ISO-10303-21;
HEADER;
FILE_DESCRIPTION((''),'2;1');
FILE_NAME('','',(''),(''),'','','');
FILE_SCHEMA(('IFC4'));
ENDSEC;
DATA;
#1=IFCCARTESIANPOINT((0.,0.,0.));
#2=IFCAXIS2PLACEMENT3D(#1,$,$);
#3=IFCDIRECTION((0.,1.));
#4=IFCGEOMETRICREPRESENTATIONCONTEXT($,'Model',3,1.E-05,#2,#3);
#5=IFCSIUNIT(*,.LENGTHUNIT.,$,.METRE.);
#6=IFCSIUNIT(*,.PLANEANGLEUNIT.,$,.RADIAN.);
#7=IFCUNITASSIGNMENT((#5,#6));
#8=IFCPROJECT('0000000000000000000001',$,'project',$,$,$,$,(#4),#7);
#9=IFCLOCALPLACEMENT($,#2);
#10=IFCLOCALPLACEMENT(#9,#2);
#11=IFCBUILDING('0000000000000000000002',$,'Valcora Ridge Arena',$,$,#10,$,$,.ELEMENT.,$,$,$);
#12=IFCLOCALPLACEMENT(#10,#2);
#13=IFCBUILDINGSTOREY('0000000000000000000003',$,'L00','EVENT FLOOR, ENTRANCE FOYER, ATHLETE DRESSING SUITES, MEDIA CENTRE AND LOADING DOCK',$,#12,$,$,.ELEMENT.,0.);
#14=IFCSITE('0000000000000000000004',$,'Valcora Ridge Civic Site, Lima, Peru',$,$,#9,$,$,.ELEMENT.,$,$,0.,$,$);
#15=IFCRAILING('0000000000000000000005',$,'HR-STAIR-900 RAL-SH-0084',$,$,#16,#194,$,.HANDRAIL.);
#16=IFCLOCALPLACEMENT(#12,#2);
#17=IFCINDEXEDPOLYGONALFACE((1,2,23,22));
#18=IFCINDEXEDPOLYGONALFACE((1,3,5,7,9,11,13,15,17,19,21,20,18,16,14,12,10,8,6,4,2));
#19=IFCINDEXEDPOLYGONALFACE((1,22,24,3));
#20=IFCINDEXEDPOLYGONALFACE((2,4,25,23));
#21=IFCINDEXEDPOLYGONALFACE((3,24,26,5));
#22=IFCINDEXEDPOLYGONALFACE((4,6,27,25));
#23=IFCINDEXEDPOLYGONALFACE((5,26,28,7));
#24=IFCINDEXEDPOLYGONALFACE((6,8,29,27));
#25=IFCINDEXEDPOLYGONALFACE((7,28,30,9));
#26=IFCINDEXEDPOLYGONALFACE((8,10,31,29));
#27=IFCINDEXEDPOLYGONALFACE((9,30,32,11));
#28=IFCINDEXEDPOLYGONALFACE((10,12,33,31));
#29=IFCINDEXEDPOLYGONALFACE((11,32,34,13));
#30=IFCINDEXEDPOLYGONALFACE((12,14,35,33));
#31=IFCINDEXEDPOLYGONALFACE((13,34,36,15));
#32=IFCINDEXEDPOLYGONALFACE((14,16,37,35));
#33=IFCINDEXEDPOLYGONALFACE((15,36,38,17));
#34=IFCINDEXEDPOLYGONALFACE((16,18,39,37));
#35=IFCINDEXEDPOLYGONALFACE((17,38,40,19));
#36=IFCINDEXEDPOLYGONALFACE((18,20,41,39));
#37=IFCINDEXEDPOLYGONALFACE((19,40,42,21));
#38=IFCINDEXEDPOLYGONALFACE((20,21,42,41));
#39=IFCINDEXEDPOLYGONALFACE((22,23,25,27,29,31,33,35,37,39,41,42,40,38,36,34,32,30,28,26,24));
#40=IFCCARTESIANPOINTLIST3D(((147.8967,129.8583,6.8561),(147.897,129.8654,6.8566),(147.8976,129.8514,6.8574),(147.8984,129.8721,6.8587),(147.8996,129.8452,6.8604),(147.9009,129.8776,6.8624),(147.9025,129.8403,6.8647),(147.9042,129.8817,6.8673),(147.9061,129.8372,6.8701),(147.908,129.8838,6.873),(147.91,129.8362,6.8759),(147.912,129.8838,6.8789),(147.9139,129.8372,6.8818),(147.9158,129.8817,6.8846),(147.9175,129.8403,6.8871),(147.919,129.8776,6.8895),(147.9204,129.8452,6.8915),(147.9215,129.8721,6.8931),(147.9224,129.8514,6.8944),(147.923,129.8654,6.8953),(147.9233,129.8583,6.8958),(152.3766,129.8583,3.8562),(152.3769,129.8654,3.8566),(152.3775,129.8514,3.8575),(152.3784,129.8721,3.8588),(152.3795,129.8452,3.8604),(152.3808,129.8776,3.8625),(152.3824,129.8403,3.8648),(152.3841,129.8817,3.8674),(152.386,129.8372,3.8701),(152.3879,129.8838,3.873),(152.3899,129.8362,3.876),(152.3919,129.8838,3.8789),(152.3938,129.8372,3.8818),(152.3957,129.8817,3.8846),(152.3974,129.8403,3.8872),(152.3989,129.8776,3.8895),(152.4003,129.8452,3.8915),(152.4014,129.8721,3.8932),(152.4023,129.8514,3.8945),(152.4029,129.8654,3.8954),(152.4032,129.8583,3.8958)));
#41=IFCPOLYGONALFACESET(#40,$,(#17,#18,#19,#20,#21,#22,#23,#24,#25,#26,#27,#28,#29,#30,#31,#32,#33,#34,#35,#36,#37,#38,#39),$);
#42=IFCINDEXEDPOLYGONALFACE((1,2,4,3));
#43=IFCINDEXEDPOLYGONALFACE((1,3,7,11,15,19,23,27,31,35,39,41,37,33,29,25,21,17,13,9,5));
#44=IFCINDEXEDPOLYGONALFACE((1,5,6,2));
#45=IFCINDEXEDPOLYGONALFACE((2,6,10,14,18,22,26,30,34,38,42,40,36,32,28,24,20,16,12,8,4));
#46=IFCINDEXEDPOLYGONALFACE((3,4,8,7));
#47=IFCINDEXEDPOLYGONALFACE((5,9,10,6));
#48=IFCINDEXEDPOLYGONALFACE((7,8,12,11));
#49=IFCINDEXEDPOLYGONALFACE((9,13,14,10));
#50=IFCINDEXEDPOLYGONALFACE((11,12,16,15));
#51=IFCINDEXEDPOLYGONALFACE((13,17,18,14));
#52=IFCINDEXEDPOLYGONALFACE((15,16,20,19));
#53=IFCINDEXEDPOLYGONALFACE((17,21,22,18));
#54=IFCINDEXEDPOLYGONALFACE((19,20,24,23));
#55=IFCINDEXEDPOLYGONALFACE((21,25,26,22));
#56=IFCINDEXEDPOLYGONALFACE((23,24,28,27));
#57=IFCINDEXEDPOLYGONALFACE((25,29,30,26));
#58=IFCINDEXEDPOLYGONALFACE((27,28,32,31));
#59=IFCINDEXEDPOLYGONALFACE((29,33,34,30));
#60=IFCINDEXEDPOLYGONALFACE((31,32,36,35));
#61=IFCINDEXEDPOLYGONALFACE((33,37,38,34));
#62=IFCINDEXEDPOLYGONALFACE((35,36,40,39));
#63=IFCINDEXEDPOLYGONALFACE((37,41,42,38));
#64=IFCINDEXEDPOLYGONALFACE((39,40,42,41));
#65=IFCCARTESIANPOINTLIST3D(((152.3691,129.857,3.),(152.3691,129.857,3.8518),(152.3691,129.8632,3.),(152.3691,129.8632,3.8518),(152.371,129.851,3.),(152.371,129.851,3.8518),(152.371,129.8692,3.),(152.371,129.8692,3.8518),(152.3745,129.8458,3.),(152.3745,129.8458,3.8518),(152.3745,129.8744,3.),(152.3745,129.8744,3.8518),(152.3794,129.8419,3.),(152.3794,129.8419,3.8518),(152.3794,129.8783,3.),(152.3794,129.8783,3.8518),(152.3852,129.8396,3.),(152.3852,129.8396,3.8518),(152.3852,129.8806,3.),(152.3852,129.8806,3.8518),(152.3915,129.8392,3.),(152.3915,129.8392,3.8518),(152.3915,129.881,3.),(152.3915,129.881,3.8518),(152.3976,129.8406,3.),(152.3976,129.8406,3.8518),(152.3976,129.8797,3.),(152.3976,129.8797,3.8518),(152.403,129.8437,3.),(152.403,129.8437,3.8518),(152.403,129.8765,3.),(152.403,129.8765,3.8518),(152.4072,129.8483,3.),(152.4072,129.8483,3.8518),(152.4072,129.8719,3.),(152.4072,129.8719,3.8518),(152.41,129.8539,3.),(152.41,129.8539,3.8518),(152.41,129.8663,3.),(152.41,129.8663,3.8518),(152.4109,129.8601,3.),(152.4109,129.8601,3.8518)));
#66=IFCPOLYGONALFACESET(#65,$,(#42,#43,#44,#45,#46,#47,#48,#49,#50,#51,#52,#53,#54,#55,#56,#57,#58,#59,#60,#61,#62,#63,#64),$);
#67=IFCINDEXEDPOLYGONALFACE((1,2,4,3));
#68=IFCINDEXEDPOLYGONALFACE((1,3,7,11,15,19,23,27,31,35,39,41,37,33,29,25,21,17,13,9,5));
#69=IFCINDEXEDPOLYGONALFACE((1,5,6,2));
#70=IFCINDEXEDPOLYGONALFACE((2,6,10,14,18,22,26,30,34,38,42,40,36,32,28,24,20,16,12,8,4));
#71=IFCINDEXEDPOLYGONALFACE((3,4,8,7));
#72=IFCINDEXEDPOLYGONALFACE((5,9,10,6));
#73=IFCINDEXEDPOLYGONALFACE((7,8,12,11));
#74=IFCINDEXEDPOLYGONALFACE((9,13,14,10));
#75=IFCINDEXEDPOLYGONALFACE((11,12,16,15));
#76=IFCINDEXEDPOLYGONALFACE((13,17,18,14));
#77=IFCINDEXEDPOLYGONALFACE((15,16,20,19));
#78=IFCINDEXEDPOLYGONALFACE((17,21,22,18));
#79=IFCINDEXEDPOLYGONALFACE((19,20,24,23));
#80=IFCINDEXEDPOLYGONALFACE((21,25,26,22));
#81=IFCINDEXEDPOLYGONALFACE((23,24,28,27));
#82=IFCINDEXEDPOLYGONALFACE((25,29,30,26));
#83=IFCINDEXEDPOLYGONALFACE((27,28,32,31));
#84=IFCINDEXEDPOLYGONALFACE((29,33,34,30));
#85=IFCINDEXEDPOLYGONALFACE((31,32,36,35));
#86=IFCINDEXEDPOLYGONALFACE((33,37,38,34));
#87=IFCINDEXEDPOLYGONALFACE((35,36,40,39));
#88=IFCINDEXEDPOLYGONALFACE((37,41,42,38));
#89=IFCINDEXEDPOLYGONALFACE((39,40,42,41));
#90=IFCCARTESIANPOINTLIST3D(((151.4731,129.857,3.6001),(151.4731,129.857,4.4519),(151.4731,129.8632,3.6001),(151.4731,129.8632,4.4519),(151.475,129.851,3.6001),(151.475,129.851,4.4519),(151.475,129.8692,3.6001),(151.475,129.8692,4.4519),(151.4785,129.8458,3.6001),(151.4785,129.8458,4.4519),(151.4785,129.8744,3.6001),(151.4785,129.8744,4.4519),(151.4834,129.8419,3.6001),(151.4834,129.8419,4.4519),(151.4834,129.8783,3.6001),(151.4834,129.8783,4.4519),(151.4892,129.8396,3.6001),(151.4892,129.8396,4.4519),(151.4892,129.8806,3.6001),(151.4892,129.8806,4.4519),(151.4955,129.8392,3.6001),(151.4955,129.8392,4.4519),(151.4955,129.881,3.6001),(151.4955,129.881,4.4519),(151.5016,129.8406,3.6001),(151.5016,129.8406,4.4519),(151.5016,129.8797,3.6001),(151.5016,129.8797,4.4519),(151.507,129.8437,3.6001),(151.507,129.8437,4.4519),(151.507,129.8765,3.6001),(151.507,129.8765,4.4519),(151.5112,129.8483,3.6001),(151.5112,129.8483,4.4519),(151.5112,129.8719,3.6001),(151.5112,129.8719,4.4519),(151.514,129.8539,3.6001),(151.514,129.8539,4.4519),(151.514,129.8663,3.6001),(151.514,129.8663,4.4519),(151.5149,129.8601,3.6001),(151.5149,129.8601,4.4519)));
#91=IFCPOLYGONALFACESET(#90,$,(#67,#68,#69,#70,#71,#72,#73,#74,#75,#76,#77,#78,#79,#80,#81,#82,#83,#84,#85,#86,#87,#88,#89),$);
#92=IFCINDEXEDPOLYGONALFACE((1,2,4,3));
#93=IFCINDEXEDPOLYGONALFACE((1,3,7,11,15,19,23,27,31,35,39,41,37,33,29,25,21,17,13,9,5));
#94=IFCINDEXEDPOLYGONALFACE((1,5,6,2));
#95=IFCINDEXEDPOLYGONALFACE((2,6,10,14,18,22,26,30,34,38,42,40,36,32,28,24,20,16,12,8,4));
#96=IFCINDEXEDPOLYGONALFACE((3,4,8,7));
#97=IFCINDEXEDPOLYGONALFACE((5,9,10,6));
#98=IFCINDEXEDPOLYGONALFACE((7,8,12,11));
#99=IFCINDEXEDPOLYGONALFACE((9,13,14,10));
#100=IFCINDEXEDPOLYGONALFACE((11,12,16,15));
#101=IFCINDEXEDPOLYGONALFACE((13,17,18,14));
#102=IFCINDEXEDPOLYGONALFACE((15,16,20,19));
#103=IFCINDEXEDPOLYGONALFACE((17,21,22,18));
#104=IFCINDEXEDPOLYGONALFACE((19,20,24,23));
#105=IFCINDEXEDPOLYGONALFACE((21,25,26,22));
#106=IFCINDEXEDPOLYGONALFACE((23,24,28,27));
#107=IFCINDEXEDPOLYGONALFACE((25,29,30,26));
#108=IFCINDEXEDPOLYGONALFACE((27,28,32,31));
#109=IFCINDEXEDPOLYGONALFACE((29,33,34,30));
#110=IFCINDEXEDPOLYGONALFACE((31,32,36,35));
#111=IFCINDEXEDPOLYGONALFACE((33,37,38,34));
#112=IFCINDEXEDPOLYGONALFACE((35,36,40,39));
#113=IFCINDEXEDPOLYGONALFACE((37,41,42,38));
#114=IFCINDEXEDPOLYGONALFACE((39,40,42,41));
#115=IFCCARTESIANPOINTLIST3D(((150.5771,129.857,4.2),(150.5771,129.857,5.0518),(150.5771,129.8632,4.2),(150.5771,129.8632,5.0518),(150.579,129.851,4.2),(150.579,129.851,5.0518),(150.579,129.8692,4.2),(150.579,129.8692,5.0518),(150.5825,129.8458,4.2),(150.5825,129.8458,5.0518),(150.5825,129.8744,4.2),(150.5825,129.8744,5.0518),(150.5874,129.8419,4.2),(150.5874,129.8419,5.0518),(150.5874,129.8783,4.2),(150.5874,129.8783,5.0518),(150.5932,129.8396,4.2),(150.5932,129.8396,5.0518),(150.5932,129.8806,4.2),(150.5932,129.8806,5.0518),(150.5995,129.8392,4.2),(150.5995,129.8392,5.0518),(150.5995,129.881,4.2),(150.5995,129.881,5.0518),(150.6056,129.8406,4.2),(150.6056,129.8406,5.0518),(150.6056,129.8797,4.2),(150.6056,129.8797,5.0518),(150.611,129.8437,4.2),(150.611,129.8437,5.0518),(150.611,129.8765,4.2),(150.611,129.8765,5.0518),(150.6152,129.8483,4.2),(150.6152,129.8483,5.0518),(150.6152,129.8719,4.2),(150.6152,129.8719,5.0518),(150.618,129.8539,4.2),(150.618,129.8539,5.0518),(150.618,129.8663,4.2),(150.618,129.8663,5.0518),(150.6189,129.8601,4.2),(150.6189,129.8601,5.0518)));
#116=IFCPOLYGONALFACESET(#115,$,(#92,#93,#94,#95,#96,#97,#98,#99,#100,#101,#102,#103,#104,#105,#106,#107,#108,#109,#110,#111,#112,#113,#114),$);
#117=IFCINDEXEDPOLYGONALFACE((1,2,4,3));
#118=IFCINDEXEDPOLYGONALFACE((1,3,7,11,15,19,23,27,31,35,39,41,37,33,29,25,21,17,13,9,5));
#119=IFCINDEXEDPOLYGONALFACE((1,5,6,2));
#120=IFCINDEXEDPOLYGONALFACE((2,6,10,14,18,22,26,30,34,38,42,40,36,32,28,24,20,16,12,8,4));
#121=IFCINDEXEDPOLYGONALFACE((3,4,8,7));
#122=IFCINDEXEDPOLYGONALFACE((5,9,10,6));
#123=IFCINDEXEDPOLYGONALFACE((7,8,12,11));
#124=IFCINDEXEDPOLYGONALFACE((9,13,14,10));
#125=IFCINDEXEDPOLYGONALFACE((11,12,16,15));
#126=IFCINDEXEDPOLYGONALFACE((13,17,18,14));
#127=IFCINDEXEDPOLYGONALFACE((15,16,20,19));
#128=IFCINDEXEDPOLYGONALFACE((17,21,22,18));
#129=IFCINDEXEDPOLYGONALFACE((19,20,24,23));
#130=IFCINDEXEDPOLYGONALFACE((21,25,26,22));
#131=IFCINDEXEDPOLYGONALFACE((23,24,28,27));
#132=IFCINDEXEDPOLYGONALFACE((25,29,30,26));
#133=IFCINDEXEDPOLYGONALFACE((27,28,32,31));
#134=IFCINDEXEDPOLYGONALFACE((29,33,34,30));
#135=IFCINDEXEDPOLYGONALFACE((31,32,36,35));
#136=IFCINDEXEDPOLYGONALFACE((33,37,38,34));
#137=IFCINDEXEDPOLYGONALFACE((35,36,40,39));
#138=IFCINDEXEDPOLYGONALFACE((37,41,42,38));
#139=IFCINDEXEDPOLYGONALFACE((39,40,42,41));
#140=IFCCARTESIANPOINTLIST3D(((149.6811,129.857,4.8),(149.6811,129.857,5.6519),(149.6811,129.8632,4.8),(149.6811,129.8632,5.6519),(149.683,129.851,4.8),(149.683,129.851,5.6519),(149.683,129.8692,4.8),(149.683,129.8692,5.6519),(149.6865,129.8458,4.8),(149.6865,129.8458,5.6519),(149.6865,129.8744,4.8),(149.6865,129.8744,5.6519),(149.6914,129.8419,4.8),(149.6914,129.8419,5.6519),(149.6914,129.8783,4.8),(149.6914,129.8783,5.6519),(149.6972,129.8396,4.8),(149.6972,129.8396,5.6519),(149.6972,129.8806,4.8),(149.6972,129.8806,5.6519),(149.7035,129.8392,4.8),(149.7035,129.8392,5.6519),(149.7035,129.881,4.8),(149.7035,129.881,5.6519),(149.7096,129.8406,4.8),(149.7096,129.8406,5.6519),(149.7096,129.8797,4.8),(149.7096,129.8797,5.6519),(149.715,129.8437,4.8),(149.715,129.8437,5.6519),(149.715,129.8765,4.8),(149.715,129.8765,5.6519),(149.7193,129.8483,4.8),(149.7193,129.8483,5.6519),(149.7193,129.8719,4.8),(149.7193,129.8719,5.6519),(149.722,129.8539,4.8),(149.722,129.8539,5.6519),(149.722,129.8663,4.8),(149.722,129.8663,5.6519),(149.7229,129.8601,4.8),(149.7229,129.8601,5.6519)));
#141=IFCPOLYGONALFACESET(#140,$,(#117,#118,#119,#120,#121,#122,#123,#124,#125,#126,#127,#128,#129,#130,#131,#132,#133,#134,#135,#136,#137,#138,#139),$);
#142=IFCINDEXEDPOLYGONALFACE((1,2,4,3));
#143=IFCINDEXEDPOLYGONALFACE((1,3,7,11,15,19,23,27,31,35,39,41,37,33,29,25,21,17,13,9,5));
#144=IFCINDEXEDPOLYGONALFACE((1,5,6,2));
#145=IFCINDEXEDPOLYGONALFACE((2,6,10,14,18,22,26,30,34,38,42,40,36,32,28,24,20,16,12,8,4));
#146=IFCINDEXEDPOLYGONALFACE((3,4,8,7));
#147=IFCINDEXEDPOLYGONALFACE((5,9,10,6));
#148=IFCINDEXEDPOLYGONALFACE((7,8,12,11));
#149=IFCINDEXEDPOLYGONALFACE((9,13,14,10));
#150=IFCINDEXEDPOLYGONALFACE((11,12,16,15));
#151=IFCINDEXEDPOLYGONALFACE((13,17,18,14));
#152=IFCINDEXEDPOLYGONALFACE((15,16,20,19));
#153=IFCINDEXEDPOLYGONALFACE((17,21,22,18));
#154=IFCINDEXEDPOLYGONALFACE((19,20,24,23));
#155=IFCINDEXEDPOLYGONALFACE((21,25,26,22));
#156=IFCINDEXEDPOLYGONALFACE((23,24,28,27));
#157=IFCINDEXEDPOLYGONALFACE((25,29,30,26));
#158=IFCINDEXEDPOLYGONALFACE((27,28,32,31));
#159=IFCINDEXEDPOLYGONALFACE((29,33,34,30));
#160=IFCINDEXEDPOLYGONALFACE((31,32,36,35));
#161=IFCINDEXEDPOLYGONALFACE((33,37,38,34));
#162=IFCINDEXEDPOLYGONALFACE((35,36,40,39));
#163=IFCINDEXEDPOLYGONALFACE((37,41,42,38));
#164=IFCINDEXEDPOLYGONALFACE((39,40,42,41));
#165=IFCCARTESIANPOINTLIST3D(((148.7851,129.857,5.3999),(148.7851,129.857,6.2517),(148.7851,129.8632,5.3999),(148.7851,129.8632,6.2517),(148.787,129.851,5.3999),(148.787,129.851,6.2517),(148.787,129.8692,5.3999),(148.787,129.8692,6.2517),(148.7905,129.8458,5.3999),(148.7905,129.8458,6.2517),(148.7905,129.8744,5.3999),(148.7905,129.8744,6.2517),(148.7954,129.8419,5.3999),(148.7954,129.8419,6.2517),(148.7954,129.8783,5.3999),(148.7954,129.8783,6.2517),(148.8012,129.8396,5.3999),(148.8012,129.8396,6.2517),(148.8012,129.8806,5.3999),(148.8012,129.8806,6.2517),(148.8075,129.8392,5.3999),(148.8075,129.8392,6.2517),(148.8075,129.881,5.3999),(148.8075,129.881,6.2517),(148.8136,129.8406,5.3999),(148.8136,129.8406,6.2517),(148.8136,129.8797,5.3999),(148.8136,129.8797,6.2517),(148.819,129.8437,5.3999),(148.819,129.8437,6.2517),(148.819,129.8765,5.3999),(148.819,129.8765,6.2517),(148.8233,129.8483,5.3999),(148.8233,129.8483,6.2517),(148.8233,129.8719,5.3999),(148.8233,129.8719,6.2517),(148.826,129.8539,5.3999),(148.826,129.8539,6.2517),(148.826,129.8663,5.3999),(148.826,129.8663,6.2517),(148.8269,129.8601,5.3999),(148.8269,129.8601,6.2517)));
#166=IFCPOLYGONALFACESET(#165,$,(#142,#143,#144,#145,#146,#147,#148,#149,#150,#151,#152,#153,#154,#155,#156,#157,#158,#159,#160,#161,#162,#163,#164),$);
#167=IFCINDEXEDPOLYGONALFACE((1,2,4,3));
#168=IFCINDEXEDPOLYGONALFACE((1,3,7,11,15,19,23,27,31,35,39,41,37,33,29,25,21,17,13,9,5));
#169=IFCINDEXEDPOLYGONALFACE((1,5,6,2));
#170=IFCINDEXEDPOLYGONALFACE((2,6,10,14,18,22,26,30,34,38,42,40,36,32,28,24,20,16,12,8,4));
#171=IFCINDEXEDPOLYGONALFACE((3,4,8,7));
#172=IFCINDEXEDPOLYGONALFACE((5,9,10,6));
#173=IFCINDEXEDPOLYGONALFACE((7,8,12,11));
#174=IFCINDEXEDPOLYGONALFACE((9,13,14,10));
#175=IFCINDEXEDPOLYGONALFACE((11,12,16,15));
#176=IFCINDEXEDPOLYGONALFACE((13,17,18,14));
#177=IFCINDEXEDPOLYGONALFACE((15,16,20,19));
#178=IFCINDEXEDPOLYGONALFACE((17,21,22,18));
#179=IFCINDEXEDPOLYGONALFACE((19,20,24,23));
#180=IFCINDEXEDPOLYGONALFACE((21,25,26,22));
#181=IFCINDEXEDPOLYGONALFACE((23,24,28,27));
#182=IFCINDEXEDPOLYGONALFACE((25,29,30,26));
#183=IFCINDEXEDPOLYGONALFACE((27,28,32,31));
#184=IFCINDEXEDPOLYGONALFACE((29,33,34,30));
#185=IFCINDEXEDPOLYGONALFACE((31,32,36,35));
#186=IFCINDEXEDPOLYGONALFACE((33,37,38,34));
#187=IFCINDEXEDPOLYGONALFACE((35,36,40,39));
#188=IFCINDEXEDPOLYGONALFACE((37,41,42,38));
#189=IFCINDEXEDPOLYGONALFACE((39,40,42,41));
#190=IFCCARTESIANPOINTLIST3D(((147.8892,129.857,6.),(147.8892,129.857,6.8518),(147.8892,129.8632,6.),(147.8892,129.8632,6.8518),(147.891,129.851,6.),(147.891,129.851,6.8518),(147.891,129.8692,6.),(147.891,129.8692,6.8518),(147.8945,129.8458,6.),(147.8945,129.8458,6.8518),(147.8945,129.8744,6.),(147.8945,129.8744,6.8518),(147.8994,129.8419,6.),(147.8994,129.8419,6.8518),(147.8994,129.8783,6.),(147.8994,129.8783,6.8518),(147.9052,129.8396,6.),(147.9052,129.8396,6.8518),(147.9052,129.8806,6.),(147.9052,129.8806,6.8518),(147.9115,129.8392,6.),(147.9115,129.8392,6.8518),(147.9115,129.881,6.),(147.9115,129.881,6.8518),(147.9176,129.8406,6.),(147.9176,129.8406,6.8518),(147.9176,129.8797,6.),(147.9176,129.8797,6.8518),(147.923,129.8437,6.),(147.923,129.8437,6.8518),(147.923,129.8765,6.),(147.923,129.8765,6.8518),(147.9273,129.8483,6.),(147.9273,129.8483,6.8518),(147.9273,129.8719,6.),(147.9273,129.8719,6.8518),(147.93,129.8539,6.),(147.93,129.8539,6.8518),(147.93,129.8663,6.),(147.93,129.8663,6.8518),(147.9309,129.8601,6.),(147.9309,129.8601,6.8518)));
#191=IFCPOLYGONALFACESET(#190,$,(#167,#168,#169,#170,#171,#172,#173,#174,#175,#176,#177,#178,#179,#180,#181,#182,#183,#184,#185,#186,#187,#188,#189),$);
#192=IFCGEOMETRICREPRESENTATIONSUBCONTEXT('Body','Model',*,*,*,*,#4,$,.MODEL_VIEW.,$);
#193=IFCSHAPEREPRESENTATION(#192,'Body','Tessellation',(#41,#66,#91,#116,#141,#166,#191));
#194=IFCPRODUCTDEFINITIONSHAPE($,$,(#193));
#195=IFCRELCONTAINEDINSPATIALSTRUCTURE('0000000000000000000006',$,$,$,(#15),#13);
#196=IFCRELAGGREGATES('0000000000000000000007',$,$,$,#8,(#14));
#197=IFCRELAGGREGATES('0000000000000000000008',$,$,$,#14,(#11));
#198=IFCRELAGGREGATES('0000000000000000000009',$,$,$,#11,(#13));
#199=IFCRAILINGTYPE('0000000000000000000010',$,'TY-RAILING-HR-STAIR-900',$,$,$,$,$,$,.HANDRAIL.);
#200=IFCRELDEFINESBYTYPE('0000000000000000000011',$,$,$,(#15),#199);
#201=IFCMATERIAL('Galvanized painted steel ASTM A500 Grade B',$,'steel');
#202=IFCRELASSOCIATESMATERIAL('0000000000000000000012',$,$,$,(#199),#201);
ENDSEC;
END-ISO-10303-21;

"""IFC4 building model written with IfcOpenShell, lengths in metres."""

from ifc_helpers import new_model, si_unit, direction, frame, origin, origin_2d, place, context, subcontext, project, spatial, circle, extrude, material, type_object, element, save


model = new_model("IFC4")

# Units and contexts
model_context = context("Model", 3, precision=1e-05, world=origin(), true_north=direction((0.0, 1.0)))
body_context = subcontext(model_context, "Body", "Model", "MODEL_VIEW")
ifc_project = project(units=[si_unit("LENGTHUNIT", "METRE"), si_unit("PLANEANGLEUNIT", "RADIAN")], contexts=[model_context])

# Site, building, storey
site_placement = place(None, origin())
site = spatial("IfcSite", under=ifc_project, at=site_placement, Name="Valcora Ridge Civic Site, Lima, Peru", CompositionType="ELEMENT", RefElevation=0.0)
building_placement = place(site_placement, origin())
building = spatial("IfcBuilding", under=site, at=building_placement, Name="Valcora Ridge Arena", CompositionType="ELEMENT")
storey_placement = place(building_placement, origin())
storey = spatial("IfcBuildingStorey", under=building, at=storey_placement, Name="L00", Description="EVENT FLOOR, ENTRANCE FOYER, ATHLETE DRESSING SUITES, MEDIA CENTRE AND LOADING DOCK", CompositionType="ELEMENT", Elevation=0.0)

# Railing
ifc_material_1 = material(Name="Galvanized painted steel ASTM A500 Grade B", Category="steel")
railing_type = type_object("IfcRailingType", Name="TY-RAILING-HR-STAIR-900", PredefinedType="HANDRAIL", material=ifc_material_1)
railing_placement = place(storey_placement, frame((152.3899, 129.8601, 3.0)))
element("IfcRailing", 1, at=railing_placement, inside=storey, type_object=railing_type, Name="HR-STAIR-900 RAL-SH-0084", PredefinedType="HANDRAIL", context=body_context, shape_type="SweptSolid", body=[
    extrude(circle(Radius=0.0239, at=origin_2d()), frame((0.0, 0.0, 0.876), z_axis=(-0.830906, 0.0, 0.556413), x_axis=(0.0, -1.0, 0.0)), (0.0, 0.0, 1.0), 5.3916),
    extrude(circle(Radius=0.021, at=origin_2d()), origin(), (0.0, 0.0, 1.0), 0.8518),
    extrude(circle(Radius=0.021, at=origin_2d()), frame((-0.896, 0.0, 0.6001)), (0.0, 0.0, 1.0), 0.8518),
    extrude(circle(Radius=0.021, at=origin_2d()), frame((-1.792, 0.0, 1.2)), (0.0, 0.0, 1.0), 0.8518),
    extrude(circle(Radius=0.021, at=origin_2d()), frame((-2.688, 0.0, 1.8)), (0.0, 0.0, 1.0), 0.8518),
    extrude(circle(Radius=0.021, at=origin_2d()), frame((-3.584, 0.0, 2.3999)), (0.0, 0.0, 1.0), 0.8518),
    extrude(circle(Radius=0.021, at=origin_2d()), frame((-4.48, 0.0, 3.0)), (0.0, 0.0, 1.0), 0.8518),
])

save(model, "model.ifc")
